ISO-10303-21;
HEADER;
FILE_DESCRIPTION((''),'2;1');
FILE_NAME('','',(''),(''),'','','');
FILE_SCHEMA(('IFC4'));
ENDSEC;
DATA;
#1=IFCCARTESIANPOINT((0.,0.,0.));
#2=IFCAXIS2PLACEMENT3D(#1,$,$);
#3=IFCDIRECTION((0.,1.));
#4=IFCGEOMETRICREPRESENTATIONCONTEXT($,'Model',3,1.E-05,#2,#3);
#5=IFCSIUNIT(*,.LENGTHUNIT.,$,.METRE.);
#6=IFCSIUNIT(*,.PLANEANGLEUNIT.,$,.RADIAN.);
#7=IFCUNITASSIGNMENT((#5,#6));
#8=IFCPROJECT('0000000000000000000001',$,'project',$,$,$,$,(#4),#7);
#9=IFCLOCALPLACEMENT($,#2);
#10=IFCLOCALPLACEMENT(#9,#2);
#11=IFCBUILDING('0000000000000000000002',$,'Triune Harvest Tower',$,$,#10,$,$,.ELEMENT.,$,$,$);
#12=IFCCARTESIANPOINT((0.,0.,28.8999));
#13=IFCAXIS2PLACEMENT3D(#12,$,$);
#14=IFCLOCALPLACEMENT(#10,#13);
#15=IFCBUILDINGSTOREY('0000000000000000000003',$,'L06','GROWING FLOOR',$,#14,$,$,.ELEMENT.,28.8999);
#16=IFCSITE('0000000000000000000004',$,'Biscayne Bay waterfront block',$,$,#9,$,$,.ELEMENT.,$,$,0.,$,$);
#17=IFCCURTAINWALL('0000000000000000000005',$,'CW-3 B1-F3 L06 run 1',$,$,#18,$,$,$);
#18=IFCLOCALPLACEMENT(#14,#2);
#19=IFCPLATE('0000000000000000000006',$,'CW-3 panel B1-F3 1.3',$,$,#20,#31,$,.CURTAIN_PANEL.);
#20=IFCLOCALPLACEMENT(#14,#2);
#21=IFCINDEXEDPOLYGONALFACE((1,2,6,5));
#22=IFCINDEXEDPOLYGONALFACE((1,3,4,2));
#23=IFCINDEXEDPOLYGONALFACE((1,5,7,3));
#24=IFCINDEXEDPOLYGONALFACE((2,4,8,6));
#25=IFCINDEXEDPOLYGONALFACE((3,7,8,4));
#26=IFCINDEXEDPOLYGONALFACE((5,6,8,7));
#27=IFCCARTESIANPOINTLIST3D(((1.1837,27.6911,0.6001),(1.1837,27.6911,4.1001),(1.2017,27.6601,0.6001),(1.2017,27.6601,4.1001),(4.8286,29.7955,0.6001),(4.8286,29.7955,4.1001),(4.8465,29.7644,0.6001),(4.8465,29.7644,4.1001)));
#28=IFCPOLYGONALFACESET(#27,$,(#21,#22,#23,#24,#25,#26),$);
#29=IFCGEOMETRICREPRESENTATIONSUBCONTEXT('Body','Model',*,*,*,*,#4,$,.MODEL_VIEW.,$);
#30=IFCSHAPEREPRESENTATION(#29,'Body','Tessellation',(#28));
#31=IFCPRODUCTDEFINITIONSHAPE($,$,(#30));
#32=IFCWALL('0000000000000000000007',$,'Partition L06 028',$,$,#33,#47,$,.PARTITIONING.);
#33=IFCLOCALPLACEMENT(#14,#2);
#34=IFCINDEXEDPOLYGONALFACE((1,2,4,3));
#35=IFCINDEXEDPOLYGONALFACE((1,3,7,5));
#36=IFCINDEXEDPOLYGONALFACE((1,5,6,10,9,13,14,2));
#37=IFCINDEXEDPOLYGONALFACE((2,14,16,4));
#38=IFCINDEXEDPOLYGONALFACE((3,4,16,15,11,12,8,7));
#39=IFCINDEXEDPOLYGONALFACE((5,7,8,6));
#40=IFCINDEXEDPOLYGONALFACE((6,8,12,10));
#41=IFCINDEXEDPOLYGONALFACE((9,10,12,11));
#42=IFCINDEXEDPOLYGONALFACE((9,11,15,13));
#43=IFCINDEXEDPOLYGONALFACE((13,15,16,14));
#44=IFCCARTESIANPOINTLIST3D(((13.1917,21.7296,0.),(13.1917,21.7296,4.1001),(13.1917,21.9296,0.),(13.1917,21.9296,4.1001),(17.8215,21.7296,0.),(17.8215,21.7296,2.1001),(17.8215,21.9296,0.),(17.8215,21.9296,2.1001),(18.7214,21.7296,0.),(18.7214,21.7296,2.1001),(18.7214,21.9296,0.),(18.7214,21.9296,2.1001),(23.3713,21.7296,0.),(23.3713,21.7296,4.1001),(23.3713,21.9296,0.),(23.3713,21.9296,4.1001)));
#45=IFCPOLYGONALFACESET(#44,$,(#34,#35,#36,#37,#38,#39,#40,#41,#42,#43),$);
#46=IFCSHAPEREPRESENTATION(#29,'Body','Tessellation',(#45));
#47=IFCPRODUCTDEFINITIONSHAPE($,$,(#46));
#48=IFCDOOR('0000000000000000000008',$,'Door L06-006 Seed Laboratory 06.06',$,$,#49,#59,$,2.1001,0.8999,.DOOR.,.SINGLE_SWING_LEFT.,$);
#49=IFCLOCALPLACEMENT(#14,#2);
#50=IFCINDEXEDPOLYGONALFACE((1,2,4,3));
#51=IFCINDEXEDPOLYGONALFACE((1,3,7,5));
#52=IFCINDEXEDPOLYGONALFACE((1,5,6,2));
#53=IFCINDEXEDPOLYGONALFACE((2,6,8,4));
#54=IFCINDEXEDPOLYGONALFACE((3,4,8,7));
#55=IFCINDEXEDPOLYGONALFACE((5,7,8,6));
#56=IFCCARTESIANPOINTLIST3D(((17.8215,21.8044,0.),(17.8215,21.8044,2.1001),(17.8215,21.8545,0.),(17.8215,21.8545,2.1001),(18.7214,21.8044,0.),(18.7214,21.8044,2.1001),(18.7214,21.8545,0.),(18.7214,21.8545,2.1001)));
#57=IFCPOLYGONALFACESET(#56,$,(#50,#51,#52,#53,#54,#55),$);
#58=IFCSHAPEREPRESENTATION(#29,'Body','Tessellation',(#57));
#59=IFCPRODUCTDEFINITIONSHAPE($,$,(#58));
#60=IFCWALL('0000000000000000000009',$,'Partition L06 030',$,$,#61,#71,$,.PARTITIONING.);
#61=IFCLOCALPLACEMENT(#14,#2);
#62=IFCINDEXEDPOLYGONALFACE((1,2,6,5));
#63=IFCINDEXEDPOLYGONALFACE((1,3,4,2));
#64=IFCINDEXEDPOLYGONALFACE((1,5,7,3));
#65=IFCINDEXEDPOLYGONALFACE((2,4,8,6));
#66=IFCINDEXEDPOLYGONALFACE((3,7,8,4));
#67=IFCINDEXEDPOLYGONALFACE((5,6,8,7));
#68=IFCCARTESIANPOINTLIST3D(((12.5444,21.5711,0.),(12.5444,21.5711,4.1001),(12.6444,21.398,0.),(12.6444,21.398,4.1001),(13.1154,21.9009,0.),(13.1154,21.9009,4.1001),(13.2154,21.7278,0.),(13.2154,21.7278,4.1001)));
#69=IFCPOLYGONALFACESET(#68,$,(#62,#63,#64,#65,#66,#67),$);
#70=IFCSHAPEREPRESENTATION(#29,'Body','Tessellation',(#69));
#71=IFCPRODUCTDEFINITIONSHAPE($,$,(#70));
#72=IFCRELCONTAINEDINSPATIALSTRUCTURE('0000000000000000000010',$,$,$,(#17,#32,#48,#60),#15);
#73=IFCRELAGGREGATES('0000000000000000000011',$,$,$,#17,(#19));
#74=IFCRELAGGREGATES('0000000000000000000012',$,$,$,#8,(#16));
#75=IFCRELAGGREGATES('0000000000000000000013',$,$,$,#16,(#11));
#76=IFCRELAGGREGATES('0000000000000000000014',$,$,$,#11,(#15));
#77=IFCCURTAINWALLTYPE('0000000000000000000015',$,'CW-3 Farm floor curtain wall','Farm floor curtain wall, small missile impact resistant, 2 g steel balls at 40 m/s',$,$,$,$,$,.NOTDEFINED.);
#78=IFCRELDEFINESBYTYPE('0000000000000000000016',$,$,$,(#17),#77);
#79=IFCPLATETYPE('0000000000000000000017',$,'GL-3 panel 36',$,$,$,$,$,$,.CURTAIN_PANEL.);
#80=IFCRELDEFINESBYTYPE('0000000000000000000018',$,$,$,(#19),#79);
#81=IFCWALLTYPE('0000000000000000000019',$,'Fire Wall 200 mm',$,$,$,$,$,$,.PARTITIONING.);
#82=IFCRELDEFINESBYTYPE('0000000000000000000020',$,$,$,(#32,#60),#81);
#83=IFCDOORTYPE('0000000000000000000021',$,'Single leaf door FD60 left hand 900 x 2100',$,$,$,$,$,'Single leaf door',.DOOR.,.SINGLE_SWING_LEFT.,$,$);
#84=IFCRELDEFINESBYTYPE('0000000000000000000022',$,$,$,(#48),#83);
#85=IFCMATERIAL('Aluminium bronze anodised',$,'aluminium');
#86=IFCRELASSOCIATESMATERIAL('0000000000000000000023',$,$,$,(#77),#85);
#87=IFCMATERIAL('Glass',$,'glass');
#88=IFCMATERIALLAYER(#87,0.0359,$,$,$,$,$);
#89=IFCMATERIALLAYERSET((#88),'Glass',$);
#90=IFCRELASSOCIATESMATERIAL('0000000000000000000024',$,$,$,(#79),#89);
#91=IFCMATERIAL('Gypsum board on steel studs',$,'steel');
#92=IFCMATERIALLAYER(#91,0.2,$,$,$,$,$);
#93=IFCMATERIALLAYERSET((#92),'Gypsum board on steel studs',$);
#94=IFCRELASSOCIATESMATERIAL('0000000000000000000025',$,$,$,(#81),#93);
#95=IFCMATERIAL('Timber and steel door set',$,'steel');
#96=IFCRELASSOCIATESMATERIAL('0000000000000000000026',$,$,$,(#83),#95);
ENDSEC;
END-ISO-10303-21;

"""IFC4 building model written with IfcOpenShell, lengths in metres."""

from ifc_helpers import new_model, si_unit, direction, frame, frame_2d, origin, origin_2d, place, context, subcontext, project, spatial, rectangle, extrude, source, transform, mapped, material, layer, layer_set, type_object, element, fill, aggregate, save


model = new_model("IFC4")

# Units and contexts
model_context = context("Model", 3, precision=1e-05, world=origin(), true_north=direction((0.0, 1.0)))
body_context = subcontext(model_context, "Body", "Model", "MODEL_VIEW")
ifc_project = project(units=[si_unit("LENGTHUNIT", "METRE"), si_unit("PLANEANGLEUNIT", "RADIAN")], contexts=[model_context])

# Site, building, storey
site_placement = place(None, origin())
site = spatial("IfcSite", under=ifc_project, at=site_placement, Name="Biscayne Bay waterfront block", CompositionType="ELEMENT", RefElevation=0.0)
building_placement = place(site_placement, origin())
building = spatial("IfcBuilding", under=site, at=building_placement, Name="Triune Harvest Tower", CompositionType="ELEMENT")
storey_placement = place(building_placement, frame((0.0, 0.0, 28.8999)))
storey = spatial("IfcBuildingStorey", under=building, at=storey_placement, Name="L06", Description="GROWING FLOOR", CompositionType="ELEMENT", Elevation=28.8999)

# Shared definitions
ifc_material_1 = material(Name="Aluminium bronze anodised", Category="aluminium")
curtain_wall_type = type_object("IfcCurtainWallType", Name="CW-3 Farm floor curtain wall", Description="Farm floor curtain wall, small missile impact resistant, 2 g steel balls at 40 m/s", PredefinedType="NOTDEFINED", material=ifc_material_1)

# Curtain wall
curtain_wall_1_placement = place(storey_placement, origin())
curtain_wall_1 = element("IfcCurtainWall", 1, at=curtain_wall_1_placement, inside=storey, type_object=curtain_wall_type, Name="CW-3 B1-F3 L06 run 1")

# Plate
ifc_material_2 = material(Name="Glass", Category="glass")
ifc_layer_1 = layer(ifc_material_2, 0.0359)
ifc_layer_set_1 = layer_set([ifc_layer_1], Name="Glass")
plate_type = type_object("IfcPlateType", Name="GL-3 panel 36", PredefinedType="CURTAIN_PANEL", material=ifc_layer_set_1)
shared_shape_1 = source(origin(), body_context, "Body", "SweptSolid", [
    extrude(rectangle(XDim=4.2087, YDim=0.0359, at=origin_2d()), origin(), (0.0, 0.0, 1.0), 3.5),
])
plate_1_placement = place(storey_placement, frame((3.0151, 28.7278, 0.6001), z_axis=(0.0, 0.0, 1.0), x_axis=(-0.866025, -0.500001, 0.0)))
plate_1 = element("IfcPlate", 2, at=plate_1_placement, type_object=plate_type, Name="CW-3 panel B1-F3 1.3", PredefinedType="CURTAIN_PANEL", context=body_context, shape_type="MappedRepresentation", body=[
    mapped(shared_shape_1, transform((0.0, 0.0, 0.0), scale=1.0)),
])
aggregate(curtain_wall_1, [plate_1])

# Wall, opening, door
ifc_material_3 = material(Name="Gypsum board on steel studs", Category="steel")
ifc_layer_2 = layer(ifc_material_3, 0.2)
ifc_layer_set_2 = layer_set([ifc_layer_2], Name="Gypsum board on steel studs")
wall_type = type_object("IfcWallType", Name="Fire Wall 200 mm", PredefinedType="PARTITIONING", material=ifc_layer_set_2)
wall_1_placement = place(storey_placement, frame((13.1917, 21.8296, 0.0), z_axis=(0.0, 0.0, 1.0), x_axis=(1.0, 0.0, 0.0)))
wall_1 = element("IfcWall", 3, at=wall_1_placement, inside=storey, type_object=wall_type, Name="Partition L06 028", PredefinedType="PARTITIONING", context=body_context, shape_type="SweptSolid", body=[
    extrude(rectangle(XDim=10.1797, YDim=0.2, at=frame_2d((5.0898, 0.0))), origin(), (0.0, 0.0, 1.0), 4.1001),
])
opening_placement = place(wall_1_placement, frame((4.6299, 0.0, 0.0)))
opening = element("IfcOpeningElement", 4, at=opening_placement, cuts=wall_1, PredefinedType="OPENING", context=body_context, shape_type="SweptSolid", body=[
    extrude(rectangle(XDim=0.8999, YDim=2.1001, at=frame_2d((0.45, 1.05))), frame((0.0, 0.1099, 0.0), z_axis=(0.0, -1.0, 0.0), x_axis=(1.0, 0.0, 0.0)), (0.0, 0.0, 1.0), 0.22),
])
ifc_material_4 = material(Name="Timber and steel door set", Category="steel")
door_type = type_object("IfcDoorType", Name="Single leaf door FD60 left hand 900 x 2100", ElementType="Single leaf door", OperationType="SINGLE_SWING_LEFT", PredefinedType="DOOR", material=ifc_material_4)
door_placement = place(opening_placement, origin())
door = element("IfcDoor", 5, at=door_placement, inside=storey, type_object=door_type, Name="Door L06-006 Seed Laboratory 06.06", OperationType="SINGLE_SWING_LEFT", OverallHeight=2.1001, OverallWidth=0.8999, PredefinedType="DOOR", context=body_context, shape_type="SweptSolid", body=[
    extrude(rectangle(XDim=0.8999, YDim=2.1001, at=frame_2d((0.45, 1.05))), frame((0.0, 0.0249, 0.0), z_axis=(0.0, -1.0, 0.0), x_axis=(1.0, 0.0, 0.0)), (0.0, 0.0, 1.0), 0.05),
])
fill(opening, door)

# Wall
wall_2_placement = place(storey_placement, frame((12.5945, 21.4846, 0.0), z_axis=(0.0, 0.0, 1.0), x_axis=(0.865933, 0.50016, 0.0)))
element("IfcWall", 6, at=wall_2_placement, inside=storey, type_object=wall_type, Name="Partition L06 030", PredefinedType="PARTITIONING", context=body_context, shape_type="SweptSolid", body=[
    extrude(rectangle(XDim=0.6594, YDim=0.2, at=frame_2d((0.3296, 0.0))), origin(), (0.0, 0.0, 1.0), 4.1001),
])

save(model, "model.ifc")
